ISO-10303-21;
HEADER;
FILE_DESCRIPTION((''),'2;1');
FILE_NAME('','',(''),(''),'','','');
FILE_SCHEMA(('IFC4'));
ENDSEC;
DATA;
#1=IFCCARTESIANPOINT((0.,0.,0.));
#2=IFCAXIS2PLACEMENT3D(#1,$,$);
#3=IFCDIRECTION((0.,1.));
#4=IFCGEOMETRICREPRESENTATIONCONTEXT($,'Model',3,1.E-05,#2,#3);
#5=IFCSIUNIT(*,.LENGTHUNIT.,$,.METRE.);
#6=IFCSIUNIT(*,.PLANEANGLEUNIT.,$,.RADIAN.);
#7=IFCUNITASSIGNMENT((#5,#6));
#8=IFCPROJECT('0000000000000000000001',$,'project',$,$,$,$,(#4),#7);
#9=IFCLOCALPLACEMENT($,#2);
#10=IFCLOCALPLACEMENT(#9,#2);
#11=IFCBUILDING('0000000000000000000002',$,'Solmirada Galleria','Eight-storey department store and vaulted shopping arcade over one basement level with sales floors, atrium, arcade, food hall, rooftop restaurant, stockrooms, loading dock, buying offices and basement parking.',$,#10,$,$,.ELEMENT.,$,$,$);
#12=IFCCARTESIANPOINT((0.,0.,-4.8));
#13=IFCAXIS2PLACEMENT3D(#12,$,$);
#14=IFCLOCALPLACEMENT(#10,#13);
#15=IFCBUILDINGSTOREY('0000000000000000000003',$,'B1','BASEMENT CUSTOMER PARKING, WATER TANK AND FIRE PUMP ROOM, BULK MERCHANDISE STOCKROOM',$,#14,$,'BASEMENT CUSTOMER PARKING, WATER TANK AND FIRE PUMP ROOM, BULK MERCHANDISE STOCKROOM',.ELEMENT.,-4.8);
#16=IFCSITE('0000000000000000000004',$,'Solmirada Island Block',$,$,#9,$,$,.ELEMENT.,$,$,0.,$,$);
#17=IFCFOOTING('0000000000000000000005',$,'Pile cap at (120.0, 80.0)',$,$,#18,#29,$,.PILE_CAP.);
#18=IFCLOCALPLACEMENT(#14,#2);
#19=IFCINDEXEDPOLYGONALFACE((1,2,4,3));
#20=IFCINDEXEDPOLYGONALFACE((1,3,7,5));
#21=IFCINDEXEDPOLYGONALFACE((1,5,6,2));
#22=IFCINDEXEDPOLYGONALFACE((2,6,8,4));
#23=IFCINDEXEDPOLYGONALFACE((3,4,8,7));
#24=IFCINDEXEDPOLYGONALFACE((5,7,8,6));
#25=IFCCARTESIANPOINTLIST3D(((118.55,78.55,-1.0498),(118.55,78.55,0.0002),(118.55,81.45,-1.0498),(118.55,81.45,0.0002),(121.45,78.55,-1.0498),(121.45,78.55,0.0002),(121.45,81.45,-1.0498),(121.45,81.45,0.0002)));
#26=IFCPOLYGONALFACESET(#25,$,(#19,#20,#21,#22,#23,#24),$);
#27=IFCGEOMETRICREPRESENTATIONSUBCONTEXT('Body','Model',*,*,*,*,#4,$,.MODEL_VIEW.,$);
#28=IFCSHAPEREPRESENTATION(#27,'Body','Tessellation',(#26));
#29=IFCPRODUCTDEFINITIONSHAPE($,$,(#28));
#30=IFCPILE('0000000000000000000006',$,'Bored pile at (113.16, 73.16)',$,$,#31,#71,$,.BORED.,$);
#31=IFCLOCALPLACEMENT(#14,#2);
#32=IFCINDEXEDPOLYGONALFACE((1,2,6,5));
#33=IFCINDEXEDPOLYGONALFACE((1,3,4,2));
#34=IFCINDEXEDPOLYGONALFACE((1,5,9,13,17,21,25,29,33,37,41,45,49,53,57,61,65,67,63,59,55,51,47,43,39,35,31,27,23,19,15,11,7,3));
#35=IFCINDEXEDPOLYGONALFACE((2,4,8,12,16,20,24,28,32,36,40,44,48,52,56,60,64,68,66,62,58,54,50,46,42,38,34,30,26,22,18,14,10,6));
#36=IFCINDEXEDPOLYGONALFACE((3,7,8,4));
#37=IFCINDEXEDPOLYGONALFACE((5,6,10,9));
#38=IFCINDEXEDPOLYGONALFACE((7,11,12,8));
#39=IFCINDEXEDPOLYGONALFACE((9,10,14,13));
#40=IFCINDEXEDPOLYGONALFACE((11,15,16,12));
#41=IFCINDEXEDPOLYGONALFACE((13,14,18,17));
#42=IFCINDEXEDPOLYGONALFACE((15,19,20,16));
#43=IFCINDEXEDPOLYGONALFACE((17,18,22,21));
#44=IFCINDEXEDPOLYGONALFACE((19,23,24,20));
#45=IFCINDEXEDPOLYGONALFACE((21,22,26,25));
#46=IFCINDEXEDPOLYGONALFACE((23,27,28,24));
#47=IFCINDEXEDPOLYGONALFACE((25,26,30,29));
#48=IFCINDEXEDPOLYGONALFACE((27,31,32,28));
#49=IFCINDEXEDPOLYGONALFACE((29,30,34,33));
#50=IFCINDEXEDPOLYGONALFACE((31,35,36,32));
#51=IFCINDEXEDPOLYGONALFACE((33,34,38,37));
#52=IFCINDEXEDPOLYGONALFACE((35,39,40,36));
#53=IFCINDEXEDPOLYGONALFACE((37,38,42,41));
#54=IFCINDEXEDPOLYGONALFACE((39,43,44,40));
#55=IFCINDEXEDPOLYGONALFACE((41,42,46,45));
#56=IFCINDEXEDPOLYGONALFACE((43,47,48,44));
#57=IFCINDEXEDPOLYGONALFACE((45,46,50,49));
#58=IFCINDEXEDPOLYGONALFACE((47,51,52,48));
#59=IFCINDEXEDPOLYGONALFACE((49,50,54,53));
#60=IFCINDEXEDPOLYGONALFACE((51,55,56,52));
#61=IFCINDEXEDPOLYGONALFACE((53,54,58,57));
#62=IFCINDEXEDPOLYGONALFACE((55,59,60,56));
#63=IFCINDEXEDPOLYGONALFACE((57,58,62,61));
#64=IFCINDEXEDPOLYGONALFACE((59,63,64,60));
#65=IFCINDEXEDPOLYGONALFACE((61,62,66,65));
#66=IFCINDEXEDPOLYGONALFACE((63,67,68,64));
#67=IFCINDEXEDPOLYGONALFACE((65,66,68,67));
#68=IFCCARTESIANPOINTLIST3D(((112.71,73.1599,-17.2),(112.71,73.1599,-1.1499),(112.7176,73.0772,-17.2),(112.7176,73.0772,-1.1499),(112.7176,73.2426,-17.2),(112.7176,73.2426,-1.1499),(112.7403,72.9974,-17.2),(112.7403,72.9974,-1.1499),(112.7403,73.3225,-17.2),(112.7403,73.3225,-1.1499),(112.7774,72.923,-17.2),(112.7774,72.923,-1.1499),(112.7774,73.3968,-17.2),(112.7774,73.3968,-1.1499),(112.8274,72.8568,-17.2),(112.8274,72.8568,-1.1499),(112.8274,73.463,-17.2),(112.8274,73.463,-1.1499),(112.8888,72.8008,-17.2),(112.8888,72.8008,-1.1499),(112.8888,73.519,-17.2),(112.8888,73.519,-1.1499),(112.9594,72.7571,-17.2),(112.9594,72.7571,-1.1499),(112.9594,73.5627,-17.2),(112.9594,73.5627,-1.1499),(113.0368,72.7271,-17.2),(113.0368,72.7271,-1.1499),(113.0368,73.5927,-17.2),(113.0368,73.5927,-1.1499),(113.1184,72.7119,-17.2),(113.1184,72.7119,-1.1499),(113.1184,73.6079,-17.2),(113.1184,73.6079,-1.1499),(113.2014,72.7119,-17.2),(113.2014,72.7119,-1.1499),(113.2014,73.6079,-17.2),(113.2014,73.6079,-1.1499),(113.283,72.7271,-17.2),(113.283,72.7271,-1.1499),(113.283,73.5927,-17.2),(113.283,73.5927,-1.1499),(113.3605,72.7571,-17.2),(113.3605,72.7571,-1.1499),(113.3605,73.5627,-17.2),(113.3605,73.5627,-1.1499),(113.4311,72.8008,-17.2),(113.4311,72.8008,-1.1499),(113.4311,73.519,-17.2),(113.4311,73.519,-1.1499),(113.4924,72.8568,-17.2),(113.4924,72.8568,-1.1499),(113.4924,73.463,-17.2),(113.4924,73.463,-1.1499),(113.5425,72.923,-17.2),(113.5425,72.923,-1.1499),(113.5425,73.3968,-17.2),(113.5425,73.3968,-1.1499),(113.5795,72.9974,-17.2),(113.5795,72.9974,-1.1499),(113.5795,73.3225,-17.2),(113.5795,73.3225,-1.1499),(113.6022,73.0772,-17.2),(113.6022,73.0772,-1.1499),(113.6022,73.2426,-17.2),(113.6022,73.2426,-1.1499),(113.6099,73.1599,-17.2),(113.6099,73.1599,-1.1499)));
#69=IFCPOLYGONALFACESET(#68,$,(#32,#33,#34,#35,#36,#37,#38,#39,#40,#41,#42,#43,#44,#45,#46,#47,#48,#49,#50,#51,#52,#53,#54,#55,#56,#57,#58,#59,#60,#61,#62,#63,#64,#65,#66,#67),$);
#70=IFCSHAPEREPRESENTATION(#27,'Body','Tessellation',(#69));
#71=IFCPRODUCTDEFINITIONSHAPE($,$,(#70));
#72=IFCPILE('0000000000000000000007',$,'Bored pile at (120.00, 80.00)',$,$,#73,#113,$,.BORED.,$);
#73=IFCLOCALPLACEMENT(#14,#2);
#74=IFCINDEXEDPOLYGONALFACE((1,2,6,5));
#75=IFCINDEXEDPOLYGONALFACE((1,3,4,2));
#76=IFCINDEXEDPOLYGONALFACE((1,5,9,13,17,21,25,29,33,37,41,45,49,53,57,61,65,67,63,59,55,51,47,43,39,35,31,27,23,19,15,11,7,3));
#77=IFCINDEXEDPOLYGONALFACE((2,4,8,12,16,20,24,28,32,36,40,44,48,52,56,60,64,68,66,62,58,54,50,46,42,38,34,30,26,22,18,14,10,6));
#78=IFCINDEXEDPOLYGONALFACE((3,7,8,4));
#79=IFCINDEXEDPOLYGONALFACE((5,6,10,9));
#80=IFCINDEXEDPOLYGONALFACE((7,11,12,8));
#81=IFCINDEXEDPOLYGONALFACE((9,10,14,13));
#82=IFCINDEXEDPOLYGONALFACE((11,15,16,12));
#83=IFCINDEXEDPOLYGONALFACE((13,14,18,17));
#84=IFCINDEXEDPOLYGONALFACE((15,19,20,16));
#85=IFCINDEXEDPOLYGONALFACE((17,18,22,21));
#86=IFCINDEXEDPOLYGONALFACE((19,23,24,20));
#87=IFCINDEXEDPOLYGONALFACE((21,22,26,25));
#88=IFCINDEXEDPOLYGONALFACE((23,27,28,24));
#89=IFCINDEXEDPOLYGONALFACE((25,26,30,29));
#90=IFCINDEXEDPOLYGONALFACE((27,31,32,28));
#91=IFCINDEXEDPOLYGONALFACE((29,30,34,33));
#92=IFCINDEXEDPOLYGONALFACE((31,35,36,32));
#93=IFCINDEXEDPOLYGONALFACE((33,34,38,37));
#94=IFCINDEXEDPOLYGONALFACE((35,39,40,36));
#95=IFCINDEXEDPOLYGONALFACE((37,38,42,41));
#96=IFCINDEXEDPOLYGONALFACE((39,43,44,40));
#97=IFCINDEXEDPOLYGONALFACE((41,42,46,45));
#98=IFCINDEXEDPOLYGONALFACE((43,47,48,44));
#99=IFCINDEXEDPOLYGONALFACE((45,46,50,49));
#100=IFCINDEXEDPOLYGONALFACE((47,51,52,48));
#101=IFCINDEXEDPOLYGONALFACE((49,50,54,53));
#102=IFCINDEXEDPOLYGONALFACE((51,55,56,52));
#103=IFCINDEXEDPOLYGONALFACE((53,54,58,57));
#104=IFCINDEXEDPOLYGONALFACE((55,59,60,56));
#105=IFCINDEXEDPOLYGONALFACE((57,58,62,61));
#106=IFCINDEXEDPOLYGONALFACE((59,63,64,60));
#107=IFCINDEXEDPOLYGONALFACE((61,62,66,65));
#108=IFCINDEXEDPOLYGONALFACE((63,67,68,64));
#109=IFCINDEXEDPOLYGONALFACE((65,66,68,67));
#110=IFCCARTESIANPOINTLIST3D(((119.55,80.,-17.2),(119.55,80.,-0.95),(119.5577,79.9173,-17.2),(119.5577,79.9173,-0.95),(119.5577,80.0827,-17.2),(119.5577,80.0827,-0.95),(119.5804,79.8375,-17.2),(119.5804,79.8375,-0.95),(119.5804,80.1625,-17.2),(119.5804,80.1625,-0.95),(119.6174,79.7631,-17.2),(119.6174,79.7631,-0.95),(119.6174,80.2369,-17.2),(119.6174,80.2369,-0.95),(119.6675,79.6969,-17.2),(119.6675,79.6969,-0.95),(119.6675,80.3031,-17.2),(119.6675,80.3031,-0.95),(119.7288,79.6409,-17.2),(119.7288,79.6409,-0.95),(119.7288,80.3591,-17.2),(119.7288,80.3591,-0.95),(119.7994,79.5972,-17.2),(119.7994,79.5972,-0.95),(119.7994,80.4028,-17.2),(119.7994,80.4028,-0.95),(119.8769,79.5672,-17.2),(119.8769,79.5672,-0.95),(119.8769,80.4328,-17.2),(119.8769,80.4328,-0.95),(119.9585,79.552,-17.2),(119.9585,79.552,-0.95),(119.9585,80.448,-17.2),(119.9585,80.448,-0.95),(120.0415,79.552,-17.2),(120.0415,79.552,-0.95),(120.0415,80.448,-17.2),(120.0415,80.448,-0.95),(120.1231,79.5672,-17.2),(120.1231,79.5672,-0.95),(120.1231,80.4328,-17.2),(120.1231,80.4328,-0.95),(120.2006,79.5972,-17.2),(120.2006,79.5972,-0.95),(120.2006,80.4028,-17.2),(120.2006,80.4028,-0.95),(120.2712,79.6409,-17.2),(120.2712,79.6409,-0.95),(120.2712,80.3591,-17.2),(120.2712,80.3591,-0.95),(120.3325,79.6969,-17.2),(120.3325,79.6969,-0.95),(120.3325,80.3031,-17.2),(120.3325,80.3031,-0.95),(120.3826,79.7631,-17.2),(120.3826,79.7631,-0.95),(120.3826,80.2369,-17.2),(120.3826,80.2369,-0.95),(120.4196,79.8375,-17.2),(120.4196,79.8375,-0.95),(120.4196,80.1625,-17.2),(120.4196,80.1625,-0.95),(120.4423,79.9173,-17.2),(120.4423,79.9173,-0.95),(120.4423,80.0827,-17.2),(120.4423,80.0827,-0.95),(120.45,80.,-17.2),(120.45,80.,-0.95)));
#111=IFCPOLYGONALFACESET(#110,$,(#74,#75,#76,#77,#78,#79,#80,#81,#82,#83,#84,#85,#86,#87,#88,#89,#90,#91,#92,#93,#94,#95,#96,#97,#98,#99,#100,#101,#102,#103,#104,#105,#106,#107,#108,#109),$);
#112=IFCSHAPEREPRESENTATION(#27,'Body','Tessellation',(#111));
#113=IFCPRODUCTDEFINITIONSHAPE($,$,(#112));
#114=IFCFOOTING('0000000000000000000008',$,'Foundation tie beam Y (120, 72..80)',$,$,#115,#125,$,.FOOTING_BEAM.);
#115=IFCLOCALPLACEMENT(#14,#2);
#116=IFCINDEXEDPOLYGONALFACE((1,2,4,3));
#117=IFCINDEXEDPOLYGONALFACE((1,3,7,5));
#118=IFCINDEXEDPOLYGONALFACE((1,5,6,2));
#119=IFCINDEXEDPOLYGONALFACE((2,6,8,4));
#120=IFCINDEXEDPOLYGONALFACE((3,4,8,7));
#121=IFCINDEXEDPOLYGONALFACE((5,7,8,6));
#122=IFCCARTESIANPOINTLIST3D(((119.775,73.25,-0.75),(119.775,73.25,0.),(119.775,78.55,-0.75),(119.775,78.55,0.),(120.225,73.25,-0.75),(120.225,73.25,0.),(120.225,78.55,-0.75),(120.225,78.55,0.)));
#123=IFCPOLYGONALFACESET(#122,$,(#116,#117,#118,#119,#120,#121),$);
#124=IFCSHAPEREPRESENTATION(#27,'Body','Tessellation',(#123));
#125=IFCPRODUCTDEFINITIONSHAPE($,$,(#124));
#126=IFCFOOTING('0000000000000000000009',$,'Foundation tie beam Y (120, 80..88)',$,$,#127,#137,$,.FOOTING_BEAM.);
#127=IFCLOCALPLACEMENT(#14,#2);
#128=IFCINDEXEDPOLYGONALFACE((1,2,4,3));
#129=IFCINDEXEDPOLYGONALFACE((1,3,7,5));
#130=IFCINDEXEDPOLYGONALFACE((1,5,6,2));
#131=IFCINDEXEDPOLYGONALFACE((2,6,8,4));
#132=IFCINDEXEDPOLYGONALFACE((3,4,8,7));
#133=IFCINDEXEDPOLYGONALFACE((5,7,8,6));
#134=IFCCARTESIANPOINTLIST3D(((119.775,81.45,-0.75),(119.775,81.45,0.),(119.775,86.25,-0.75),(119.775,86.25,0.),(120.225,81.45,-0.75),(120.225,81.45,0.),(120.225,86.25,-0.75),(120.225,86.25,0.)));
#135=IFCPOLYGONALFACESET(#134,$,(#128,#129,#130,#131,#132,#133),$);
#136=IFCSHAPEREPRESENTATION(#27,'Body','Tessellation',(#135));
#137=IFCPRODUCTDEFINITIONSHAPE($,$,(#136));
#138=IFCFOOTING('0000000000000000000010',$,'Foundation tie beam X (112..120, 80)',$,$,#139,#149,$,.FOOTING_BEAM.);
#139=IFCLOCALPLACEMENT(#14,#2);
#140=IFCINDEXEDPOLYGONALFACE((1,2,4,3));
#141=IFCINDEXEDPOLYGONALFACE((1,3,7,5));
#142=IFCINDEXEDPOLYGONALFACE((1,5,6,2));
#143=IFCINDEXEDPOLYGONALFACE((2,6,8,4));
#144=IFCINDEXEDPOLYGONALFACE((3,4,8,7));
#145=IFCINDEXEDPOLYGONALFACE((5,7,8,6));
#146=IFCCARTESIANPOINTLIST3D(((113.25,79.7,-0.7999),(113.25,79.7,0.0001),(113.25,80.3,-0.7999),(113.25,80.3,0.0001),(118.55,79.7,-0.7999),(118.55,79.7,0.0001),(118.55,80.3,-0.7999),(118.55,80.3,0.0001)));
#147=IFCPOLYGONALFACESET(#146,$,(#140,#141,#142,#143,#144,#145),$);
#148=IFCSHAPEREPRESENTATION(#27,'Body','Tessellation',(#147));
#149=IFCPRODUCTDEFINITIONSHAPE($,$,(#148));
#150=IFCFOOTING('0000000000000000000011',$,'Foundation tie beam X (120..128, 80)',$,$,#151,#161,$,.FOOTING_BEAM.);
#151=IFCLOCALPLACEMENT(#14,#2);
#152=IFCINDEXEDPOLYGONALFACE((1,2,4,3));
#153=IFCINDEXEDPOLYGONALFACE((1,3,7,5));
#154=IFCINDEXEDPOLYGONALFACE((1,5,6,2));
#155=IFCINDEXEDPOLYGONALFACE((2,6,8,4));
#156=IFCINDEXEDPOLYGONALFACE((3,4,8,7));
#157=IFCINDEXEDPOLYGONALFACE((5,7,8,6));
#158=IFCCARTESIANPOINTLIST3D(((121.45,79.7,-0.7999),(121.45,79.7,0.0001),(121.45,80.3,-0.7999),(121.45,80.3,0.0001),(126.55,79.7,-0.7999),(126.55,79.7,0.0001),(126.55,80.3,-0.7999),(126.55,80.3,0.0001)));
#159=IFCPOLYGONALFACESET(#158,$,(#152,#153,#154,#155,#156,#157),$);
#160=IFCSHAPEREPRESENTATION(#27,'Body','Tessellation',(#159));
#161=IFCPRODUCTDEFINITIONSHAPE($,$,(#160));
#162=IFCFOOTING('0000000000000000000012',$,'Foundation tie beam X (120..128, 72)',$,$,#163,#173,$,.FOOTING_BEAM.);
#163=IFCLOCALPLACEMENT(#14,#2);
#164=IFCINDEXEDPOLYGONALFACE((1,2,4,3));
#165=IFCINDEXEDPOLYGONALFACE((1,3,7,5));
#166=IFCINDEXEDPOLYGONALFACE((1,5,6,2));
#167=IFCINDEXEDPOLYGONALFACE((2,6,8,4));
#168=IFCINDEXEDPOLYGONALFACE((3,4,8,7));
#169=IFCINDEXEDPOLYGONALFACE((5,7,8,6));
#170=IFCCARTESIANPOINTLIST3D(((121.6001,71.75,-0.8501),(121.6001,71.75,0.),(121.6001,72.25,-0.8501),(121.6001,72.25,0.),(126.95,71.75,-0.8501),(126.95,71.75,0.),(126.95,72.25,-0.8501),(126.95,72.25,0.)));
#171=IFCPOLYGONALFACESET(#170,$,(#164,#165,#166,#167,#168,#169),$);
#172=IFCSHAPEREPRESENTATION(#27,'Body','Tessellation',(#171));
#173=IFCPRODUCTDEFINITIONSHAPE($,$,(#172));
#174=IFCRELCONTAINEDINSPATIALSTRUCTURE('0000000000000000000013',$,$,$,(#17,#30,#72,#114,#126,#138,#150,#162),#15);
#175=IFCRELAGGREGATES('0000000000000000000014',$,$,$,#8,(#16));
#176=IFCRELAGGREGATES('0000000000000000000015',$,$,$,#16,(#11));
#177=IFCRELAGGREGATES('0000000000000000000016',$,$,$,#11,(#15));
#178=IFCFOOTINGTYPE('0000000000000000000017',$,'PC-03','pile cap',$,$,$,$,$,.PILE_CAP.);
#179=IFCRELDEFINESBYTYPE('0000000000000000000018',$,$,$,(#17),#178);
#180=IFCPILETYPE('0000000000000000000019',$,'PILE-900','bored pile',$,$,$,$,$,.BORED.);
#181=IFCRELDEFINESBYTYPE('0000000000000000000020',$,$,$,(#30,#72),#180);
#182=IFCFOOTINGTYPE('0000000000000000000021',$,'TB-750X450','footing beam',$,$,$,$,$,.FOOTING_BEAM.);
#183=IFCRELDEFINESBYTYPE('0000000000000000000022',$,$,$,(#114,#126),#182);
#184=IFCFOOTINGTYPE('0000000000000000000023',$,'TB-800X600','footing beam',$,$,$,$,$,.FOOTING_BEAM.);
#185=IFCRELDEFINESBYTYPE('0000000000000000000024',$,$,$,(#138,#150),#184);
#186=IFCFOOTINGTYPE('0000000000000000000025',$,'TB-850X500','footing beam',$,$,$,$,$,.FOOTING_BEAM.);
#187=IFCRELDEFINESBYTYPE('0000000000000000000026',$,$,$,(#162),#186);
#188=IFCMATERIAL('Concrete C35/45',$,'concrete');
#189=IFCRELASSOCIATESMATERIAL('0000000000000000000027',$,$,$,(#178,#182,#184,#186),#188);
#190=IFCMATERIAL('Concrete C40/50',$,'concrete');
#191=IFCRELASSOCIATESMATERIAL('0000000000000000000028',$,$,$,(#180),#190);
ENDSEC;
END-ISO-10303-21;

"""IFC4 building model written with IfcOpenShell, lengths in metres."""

from ifc_helpers import new_model, si_unit, direction, frame, origin, origin_2d, place, context, subcontext, project, spatial, rectangle, circle, extrude, material, material_profile, profile_set, type_object, element, save


model = new_model("IFC4")

# Units and contexts
model_context = context("Model", 3, precision=1e-05, world=origin(), true_north=direction((0.0, 1.0)))
body_context = subcontext(model_context, "Body", "Model", "MODEL_VIEW")
ifc_project = project(units=[si_unit("LENGTHUNIT", "METRE"), si_unit("PLANEANGLEUNIT", "RADIAN")], contexts=[model_context])

# Site, building, storey
site_placement = place(None, origin())
site = spatial("IfcSite", under=ifc_project, at=site_placement, Name="Solmirada Island Block", CompositionType="ELEMENT", RefElevation=0.0)
building_placement = place(site_placement, origin())
building = spatial("IfcBuilding", under=site, at=building_placement, Name="Solmirada Galleria", Description="Eight-storey department store and vaulted shopping arcade over one basement level with sales floors, atrium, arcade, food hall, rooftop restaurant, stockrooms, loading dock, buying offices and basement parking.", CompositionType="ELEMENT")
storey_placement = place(building_placement, frame((0.0, 0.0, -4.8)))
storey = spatial("IfcBuildingStorey", under=building, at=storey_placement, Name="B1", Description="BASEMENT CUSTOMER PARKING, WATER TANK AND FIRE PUMP ROOM, BULK MERCHANDISE STOCKROOM", LongName="BASEMENT CUSTOMER PARKING, WATER TANK AND FIRE PUMP ROOM, BULK MERCHANDISE STOCKROOM", CompositionType="ELEMENT", Elevation=-4.8)

# Footing
ifc_material_1 = material(Name="Concrete C35/45", Category="concrete")
footing_type_1 = type_object("IfcFootingType", Name="PC-03", Description="pile cap", PredefinedType="PILE_CAP", material=ifc_material_1)
footing_1_placement = place(storey_placement, frame((120.0, 80.0, -1.0498), z_axis=(0.0, 0.0, 1.0), x_axis=(1.0, 0.0, 0.0)))
element("IfcFooting", 1, at=footing_1_placement, inside=storey, type_object=footing_type_1, Name="Pile cap at (120.0, 80.0)", PredefinedType="PILE_CAP", context=body_context, shape_type="SweptSolid", body=[
    extrude(rectangle(XDim=2.8999, YDim=2.8999, at=origin_2d()), origin(), (0.0, 0.0, 1.0), 1.05),
])

# Piles
ifc_material_2 = material(Name="Concrete C40/50", Category="concrete")
ifc_material_profile_1 = material_profile(ifc_material_2, circle(Radius=0.45, at=origin_2d()), Name="PILE900")
ifc_profile_set_1 = profile_set([ifc_material_profile_1], Name="Concrete C40/50")
pile_type = type_object("IfcPileType", Name="PILE-900", Description="bored pile", PredefinedType="BORED", material=ifc_profile_set_1)
pile_1_placement = place(storey_placement, frame((113.1599, 73.1599, -1.1499), z_axis=(0.0, 0.0, -1.0), x_axis=(1.0, 0.0, 0.0)))
element("IfcPile", 2, at=pile_1_placement, inside=storey, type_object=pile_type, Name="Bored pile at (113.16, 73.16)", PredefinedType="BORED", context=body_context, shape_type="SweptSolid", body=[
    extrude(circle(Radius=0.45, at=origin_2d()), origin(), (0.0, 0.0, 1.0), 16.05),
])
pile_2_placement = place(storey_placement, frame((120.0, 80.0, -0.95), z_axis=(0.0, 0.0, -1.0), x_axis=(1.0, 0.0, 0.0)))
element("IfcPile", 3, at=pile_2_placement, inside=storey, type_object=pile_type, Name="Bored pile at (120.00, 80.00)", PredefinedType="BORED", context=body_context, shape_type="SweptSolid", body=[
    extrude(circle(Radius=0.45, at=origin_2d()), origin(), (0.0, 0.0, 1.0), 16.25),
])

# Footings
ifc_material_profile_2 = material_profile(ifc_material_1, rectangle(XDim=0.45, YDim=0.75, at=origin_2d()), Name="RC750X450")
ifc_profile_set_2 = profile_set([ifc_material_profile_2], Name="Concrete C35/45")
footing_type_2 = type_object("IfcFootingType", Name="TB-750X450", Description="footing beam", PredefinedType="FOOTING_BEAM", material=ifc_profile_set_2)
footing_2_placement = place(storey_placement, frame((120.0, 73.25, -0.375), z_axis=(0.0, 1.0, 0.0), x_axis=(-1.0, 0.0, 0.0)))
element("IfcFooting", 4, at=footing_2_placement, inside=storey, type_object=footing_type_2, Name="Foundation tie beam Y (120, 72..80)", PredefinedType="FOOTING_BEAM", context=body_context, shape_type="SweptSolid", body=[
    extrude(rectangle(XDim=0.45, YDim=0.75, at=origin_2d()), origin(), (0.0, 0.0, 1.0), 5.3),
])
footing_3_placement = place(storey_placement, frame((120.0, 81.45, -0.375), z_axis=(0.0, 1.0, 0.0), x_axis=(-1.0, 0.0, 0.0)))
element("IfcFooting", 5, at=footing_3_placement, inside=storey, type_object=footing_type_2, Name="Foundation tie beam Y (120, 80..88)", PredefinedType="FOOTING_BEAM", context=body_context, shape_type="SweptSolid", body=[
    extrude(rectangle(XDim=0.45, YDim=0.75, at=origin_2d()), origin(), (0.0, 0.0, 1.0), 4.8),
])
ifc_material_profile_3 = material_profile(ifc_material_1, rectangle(XDim=0.6001, YDim=0.8, at=origin_2d()), Name="RC800X600")
ifc_profile_set_3 = profile_set([ifc_material_profile_3], Name="Concrete C35/45")
footing_type_3 = type_object("IfcFootingType", Name="TB-800X600", Description="footing beam", PredefinedType="FOOTING_BEAM", material=ifc_profile_set_3)
footing_4_placement = place(storey_placement, frame((113.25, 80.0, -0.3999), z_axis=(1.0, 0.0, 0.0), x_axis=(0.0, 1.0, 0.0)))
element("IfcFooting", 6, at=footing_4_placement, inside=storey, type_object=footing_type_3, Name="Foundation tie beam X (112..120, 80)", PredefinedType="FOOTING_BEAM", context=body_context, shape_type="SweptSolid", body=[
    extrude(rectangle(XDim=0.6001, YDim=0.8, at=origin_2d()), origin(), (0.0, 0.0, 1.0), 5.3),
])
footing_5_placement = place(storey_placement, frame((121.45, 80.0, -0.3999), z_axis=(1.0, 0.0, 0.0), x_axis=(0.0, 1.0, 0.0)))
element("IfcFooting", 7, at=footing_5_placement, inside=storey, type_object=footing_type_3, Name="Foundation tie beam X (120..128, 80)", PredefinedType="FOOTING_BEAM", context=body_context, shape_type="SweptSolid", body=[
    extrude(rectangle(XDim=0.6001, YDim=0.8, at=origin_2d()), origin(), (0.0, 0.0, 1.0), 5.1001),
])
ifc_material_profile_4 = material_profile(ifc_material_1, rectangle(XDim=0.5, YDim=0.8501, at=origin_2d()), Name="RC850X500")
ifc_profile_set_4 = profile_set([ifc_material_profile_4], Name="Concrete C35/45")
footing_type_4 = type_object("IfcFootingType", Name="TB-850X500", Description="footing beam", PredefinedType="FOOTING_BEAM", material=ifc_profile_set_4)
footing_6_placement = place(storey_placement, frame((121.6001, 72.0, -0.425), z_axis=(1.0, 0.0, 0.0), x_axis=(0.0, 1.0, 0.0)))
element("IfcFooting", 8, at=footing_6_placement, inside=storey, type_object=footing_type_4, Name="Foundation tie beam X (120..128, 72)", PredefinedType="FOOTING_BEAM", context=body_context, shape_type="SweptSolid", body=[
    extrude(rectangle(XDim=0.5, YDim=0.8501, at=origin_2d()), origin(), (0.0, 0.0, 1.0), 5.3499),
])

save(model, "model.ifc")
